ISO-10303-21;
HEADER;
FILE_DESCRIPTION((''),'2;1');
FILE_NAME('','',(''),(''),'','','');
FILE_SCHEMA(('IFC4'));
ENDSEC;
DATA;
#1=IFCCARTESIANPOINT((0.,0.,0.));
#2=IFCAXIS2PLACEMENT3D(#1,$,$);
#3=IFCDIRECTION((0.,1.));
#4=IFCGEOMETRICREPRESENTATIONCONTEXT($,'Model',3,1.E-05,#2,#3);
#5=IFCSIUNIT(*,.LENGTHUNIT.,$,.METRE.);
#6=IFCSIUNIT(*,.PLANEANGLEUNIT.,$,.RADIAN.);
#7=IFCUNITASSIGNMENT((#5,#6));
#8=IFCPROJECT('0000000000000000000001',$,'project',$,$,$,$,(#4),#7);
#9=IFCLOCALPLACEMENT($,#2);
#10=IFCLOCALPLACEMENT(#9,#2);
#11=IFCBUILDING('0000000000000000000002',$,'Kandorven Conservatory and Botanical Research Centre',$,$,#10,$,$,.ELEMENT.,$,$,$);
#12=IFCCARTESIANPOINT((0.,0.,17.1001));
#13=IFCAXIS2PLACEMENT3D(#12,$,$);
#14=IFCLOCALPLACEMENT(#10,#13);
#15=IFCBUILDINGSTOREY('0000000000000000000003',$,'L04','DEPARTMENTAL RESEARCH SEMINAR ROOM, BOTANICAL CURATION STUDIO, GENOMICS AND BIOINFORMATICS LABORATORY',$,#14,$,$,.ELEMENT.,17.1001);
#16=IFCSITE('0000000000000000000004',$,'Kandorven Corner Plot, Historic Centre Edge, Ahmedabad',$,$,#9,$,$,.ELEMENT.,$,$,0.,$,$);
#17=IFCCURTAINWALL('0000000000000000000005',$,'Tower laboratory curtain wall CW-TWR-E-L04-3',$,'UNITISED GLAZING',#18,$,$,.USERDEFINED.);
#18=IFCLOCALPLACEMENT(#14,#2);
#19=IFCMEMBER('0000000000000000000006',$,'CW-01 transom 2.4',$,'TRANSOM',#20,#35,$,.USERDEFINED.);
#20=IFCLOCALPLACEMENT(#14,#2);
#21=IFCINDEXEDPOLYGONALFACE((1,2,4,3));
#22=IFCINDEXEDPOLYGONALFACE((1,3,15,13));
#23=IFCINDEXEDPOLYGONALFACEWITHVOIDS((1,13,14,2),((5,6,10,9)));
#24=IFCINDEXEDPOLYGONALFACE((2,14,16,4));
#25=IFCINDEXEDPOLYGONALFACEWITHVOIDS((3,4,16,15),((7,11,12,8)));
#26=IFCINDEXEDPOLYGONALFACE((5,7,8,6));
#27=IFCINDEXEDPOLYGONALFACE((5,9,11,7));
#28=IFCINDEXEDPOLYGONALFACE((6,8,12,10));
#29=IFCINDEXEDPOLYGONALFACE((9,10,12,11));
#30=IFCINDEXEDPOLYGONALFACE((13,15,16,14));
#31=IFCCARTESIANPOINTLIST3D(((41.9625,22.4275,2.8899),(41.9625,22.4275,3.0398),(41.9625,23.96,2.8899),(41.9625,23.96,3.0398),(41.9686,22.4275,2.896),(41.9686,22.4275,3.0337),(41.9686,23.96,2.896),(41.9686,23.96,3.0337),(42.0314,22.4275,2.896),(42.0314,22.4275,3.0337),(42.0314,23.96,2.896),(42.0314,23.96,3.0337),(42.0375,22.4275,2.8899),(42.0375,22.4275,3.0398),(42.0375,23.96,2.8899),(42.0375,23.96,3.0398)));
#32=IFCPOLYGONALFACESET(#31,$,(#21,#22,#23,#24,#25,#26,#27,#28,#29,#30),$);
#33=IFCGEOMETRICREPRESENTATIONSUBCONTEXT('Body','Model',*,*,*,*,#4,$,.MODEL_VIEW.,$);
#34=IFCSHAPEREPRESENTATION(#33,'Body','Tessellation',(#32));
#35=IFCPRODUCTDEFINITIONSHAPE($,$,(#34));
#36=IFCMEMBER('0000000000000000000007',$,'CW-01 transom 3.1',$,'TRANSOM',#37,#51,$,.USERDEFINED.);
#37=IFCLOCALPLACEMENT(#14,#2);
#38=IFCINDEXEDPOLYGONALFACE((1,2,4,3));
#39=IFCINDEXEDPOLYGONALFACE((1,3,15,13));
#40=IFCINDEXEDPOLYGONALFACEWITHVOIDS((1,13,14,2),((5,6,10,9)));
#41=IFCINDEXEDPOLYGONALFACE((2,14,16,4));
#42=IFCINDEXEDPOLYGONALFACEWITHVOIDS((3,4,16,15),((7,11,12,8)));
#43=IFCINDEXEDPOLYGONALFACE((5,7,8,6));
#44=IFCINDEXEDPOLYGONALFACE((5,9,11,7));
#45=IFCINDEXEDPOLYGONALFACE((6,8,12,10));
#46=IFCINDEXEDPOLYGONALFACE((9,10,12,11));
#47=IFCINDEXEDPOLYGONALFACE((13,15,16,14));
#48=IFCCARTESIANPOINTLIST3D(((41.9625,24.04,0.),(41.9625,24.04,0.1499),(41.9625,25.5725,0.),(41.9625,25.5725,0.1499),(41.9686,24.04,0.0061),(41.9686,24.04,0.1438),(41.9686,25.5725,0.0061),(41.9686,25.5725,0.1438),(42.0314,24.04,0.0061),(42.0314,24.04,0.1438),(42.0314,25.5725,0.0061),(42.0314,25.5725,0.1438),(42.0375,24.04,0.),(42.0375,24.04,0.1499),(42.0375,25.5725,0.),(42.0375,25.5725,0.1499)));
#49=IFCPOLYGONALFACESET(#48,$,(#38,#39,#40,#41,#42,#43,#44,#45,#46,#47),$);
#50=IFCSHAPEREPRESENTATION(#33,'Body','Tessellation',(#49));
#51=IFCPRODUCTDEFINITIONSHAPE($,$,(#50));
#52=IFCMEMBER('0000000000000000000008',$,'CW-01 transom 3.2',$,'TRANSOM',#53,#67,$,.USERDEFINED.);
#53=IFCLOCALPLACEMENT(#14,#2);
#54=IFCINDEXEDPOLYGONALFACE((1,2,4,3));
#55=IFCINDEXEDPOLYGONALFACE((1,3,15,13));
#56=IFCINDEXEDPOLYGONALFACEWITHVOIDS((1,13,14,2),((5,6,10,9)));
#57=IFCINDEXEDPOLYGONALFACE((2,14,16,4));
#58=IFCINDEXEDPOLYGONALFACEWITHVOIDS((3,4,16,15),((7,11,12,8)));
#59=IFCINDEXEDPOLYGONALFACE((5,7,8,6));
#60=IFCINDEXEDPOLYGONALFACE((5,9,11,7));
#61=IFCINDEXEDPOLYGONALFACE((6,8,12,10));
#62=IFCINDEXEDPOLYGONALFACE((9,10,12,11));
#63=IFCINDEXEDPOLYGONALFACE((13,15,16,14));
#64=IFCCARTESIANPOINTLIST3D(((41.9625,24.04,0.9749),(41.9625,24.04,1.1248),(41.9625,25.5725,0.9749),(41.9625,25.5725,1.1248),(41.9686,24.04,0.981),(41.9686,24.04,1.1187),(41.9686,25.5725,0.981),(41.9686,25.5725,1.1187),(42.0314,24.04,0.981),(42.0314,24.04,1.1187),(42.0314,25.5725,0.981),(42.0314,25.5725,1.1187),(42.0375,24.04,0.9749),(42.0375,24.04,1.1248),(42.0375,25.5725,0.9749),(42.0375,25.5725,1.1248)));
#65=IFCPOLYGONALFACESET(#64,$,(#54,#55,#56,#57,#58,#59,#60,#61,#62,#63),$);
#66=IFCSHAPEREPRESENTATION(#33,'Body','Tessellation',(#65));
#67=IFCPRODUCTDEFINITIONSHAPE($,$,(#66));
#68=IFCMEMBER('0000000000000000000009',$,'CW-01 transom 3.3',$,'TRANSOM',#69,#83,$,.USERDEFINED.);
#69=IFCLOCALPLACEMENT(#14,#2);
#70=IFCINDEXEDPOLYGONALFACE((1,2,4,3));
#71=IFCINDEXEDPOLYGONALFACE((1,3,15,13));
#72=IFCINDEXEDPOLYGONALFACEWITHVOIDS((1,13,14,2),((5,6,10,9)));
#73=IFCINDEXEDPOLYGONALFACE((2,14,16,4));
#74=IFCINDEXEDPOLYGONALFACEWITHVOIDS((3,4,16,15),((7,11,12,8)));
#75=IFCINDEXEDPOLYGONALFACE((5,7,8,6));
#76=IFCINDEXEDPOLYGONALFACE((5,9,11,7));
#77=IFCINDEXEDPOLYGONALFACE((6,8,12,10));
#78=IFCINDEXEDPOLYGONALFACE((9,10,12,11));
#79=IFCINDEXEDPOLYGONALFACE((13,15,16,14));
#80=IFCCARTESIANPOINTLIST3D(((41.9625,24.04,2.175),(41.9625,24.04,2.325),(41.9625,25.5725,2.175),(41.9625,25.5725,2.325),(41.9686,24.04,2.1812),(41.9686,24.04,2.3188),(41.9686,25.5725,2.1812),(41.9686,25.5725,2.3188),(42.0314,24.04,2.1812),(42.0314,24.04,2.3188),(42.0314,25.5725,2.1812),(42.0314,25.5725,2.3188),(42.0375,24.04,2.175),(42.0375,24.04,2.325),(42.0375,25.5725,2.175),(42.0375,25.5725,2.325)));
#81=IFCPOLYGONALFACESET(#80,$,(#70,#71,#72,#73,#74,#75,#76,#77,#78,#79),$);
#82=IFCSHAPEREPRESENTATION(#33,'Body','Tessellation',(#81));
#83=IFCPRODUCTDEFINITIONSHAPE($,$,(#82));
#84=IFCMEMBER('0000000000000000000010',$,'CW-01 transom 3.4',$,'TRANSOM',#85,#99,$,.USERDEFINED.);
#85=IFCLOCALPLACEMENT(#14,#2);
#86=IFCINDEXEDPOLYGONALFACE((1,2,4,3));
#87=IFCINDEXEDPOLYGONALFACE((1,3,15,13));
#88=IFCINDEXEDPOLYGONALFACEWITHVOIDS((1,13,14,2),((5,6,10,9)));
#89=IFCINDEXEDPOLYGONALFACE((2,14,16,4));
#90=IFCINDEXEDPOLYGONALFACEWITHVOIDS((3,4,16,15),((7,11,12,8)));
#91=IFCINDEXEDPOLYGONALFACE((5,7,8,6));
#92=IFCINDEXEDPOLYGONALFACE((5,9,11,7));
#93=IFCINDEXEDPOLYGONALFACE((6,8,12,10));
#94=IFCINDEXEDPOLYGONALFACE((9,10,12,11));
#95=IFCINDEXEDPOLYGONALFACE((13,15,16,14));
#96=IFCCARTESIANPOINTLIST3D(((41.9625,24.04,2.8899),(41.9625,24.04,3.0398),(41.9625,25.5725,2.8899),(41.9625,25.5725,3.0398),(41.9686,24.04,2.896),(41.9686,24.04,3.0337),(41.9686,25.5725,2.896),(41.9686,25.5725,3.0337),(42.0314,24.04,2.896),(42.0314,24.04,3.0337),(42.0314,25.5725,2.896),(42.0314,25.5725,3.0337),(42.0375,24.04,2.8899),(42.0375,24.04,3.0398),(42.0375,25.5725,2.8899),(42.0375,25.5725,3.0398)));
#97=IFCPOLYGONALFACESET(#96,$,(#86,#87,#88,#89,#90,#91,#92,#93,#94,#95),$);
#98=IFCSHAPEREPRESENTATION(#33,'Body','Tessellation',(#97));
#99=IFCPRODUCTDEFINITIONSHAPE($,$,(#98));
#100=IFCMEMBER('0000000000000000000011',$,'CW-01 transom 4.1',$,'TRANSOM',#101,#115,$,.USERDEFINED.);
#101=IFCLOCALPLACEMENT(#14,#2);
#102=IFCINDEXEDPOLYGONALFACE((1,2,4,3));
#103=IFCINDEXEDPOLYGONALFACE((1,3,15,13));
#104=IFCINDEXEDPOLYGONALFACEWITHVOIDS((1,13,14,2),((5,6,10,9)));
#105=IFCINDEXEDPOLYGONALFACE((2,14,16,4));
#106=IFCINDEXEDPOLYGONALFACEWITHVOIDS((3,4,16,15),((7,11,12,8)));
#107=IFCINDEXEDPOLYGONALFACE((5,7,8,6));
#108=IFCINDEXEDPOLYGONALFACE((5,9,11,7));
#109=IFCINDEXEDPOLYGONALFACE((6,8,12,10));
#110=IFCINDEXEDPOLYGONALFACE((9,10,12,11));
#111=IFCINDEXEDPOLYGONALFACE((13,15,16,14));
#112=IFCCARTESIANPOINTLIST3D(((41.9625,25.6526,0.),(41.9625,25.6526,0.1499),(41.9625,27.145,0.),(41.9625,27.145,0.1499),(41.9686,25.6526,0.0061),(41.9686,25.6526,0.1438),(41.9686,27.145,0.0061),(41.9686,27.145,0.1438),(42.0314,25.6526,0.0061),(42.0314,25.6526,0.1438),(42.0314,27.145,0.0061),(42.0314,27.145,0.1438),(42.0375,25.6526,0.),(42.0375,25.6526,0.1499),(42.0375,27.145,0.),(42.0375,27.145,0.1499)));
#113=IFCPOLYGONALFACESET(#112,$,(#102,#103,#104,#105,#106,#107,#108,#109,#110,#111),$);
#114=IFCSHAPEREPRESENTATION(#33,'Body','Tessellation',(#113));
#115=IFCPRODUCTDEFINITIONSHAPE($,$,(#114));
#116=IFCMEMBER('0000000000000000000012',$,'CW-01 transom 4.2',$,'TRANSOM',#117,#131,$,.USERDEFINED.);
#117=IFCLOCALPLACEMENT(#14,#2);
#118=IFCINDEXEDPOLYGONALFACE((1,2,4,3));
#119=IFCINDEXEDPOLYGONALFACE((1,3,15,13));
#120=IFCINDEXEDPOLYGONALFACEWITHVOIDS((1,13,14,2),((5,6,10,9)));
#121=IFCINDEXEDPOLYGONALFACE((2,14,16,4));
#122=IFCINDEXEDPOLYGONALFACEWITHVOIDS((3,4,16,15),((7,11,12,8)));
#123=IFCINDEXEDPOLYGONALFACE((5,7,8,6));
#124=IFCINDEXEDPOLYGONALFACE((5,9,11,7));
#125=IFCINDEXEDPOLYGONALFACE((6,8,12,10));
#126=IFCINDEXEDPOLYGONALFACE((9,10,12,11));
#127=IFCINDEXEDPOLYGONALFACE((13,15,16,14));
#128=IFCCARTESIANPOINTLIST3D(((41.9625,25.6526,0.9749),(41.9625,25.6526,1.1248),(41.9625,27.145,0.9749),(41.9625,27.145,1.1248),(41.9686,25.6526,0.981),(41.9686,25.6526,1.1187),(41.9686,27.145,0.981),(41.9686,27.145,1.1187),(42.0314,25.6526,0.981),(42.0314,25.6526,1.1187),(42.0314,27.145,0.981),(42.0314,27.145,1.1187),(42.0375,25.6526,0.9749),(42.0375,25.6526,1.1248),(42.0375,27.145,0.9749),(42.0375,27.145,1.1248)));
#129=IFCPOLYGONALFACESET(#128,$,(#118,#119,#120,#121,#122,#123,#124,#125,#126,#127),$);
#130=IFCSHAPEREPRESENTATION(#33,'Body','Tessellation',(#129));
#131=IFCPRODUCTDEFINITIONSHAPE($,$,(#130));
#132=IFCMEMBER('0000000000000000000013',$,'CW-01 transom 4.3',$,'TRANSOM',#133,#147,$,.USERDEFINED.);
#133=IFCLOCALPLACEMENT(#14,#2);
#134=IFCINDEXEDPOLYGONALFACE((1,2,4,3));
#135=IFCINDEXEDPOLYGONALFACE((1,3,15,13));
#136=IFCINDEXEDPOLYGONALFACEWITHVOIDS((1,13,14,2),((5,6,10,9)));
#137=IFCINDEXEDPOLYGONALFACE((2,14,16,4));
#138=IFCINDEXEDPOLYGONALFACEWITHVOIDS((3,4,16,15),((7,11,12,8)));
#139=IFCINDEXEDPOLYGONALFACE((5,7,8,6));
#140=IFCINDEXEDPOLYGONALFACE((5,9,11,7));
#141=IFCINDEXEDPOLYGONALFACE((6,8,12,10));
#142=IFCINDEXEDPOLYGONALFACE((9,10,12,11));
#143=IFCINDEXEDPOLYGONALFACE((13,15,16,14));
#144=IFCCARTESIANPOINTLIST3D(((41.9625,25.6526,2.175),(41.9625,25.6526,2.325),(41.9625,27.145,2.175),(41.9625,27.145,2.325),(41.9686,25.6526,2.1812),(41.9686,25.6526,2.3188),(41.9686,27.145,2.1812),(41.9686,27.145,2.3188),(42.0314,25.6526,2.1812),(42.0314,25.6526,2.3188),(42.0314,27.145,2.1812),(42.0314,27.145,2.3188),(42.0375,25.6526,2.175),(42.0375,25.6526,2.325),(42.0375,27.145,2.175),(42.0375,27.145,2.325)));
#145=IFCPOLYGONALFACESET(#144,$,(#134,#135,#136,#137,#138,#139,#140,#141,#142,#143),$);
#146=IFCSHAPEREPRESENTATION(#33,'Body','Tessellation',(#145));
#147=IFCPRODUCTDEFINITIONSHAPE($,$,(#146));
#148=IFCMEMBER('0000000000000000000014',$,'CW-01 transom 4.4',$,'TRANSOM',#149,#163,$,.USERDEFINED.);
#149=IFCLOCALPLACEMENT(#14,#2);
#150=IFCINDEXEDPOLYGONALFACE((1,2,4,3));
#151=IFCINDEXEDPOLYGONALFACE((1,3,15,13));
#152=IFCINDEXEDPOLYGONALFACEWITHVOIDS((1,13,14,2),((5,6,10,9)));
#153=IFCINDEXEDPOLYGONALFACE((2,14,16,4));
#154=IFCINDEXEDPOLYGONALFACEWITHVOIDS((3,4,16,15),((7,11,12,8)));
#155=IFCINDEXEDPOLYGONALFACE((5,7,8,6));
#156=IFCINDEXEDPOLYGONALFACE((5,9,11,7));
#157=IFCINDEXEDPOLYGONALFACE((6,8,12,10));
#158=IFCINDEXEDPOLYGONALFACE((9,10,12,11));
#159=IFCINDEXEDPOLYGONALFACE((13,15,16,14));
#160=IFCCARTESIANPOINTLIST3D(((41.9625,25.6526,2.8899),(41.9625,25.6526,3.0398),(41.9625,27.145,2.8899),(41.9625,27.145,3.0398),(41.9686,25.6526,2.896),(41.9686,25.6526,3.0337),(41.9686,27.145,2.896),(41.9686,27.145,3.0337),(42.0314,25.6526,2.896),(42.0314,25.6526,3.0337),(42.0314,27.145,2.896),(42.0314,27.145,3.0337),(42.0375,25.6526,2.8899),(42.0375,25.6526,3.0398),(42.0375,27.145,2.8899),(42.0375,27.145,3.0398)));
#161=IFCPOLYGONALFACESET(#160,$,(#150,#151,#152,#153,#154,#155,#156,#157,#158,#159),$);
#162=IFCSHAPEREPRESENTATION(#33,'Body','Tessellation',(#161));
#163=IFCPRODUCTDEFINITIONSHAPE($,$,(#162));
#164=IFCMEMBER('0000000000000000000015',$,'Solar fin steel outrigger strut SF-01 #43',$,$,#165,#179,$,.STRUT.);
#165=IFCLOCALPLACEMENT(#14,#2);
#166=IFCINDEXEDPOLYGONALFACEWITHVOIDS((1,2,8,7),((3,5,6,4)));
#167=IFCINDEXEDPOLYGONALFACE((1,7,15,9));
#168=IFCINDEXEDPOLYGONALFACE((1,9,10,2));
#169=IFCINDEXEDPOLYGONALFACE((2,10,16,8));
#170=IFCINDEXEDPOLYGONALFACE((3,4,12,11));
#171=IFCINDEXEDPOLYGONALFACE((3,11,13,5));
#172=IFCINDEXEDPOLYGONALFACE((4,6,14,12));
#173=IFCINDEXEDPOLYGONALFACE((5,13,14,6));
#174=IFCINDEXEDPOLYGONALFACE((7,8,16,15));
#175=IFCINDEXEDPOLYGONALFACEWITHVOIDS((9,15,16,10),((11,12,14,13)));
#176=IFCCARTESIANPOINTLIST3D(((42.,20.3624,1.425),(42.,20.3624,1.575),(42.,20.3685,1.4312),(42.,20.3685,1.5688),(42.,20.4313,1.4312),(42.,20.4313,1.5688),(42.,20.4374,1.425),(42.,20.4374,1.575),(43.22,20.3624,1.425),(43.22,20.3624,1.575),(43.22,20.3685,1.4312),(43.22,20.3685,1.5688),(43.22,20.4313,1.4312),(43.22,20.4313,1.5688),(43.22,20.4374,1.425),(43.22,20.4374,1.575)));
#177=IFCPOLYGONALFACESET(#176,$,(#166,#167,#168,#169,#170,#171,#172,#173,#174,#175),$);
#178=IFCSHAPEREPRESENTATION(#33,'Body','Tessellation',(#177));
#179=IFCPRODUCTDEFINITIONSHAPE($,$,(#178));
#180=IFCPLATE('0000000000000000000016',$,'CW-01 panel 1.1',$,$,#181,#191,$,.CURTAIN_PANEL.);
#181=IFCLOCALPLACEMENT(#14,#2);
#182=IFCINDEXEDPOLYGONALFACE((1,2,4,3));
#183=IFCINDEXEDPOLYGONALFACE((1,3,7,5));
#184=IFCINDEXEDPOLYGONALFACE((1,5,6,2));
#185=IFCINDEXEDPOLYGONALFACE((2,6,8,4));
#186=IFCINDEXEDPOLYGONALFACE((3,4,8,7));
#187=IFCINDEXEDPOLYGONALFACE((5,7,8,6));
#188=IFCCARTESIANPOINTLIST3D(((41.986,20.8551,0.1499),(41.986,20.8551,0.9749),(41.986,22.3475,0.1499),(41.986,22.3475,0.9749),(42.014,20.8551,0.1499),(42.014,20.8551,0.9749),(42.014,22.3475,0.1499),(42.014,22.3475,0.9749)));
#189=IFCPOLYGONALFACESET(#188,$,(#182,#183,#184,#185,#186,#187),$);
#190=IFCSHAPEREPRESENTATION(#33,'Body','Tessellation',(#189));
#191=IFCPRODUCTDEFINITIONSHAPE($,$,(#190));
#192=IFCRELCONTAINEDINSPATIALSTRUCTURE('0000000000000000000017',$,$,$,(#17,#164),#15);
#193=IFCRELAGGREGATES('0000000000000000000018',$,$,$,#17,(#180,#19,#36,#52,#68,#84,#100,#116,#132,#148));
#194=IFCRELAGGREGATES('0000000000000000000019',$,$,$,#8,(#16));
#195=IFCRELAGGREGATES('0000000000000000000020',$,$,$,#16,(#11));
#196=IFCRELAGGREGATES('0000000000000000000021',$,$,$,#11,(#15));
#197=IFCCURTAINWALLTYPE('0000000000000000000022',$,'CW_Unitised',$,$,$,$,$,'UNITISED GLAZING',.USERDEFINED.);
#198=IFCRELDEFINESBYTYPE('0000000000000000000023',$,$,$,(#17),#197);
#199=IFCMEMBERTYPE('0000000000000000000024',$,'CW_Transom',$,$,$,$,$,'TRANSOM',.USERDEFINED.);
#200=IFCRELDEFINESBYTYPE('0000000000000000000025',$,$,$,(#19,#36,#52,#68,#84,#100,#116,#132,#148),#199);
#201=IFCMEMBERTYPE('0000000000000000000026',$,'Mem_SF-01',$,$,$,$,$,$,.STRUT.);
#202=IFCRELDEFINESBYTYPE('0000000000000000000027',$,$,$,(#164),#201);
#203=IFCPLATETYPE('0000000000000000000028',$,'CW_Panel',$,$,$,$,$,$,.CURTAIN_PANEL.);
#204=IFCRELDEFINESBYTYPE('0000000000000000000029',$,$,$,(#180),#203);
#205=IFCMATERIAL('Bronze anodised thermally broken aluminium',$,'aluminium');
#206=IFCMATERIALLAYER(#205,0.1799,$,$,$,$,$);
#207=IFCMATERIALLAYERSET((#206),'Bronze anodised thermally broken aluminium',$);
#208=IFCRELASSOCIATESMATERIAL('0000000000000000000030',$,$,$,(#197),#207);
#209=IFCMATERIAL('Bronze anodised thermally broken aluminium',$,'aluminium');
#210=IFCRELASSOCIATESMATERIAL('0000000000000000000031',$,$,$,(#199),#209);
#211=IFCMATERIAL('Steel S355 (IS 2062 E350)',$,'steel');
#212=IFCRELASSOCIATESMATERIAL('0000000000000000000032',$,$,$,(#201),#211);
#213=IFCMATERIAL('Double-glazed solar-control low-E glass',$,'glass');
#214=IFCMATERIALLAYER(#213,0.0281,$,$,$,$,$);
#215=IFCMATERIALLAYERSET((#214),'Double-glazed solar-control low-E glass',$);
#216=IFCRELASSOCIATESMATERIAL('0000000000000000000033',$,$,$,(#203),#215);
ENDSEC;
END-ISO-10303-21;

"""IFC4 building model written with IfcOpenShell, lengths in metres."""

from ifc_helpers import new_model, si_unit, direction, frame, origin, origin_2d, place, context, subcontext, project, spatial, rectangle, hollow_rectangle, extrude, material, layer, layer_set, material_profile, profile_set, type_object, element, aggregate, save


model = new_model("IFC4")

# Units and contexts
model_context = context("Model", 3, precision=1e-05, world=origin(), true_north=direction((0.0, 1.0)))
body_context = subcontext(model_context, "Body", "Model", "MODEL_VIEW")
ifc_project = project(units=[si_unit("LENGTHUNIT", "METRE"), si_unit("PLANEANGLEUNIT", "RADIAN")], contexts=[model_context])

# Site, building, storey
site_placement = place(None, origin())
site = spatial("IfcSite", under=ifc_project, at=site_placement, Name="Kandorven Corner Plot, Historic Centre Edge, Ahmedabad", CompositionType="ELEMENT", RefElevation=0.0)
building_placement = place(site_placement, origin())
building = spatial("IfcBuilding", under=site, at=building_placement, Name="Kandorven Conservatory and Botanical Research Centre", CompositionType="ELEMENT")
storey_placement = place(building_placement, frame((0.0, 0.0, 17.1001)))
storey = spatial("IfcBuildingStorey", under=building, at=storey_placement, Name="L04", Description="DEPARTMENTAL RESEARCH SEMINAR ROOM, BOTANICAL CURATION STUDIO, GENOMICS AND BIOINFORMATICS LABORATORY", CompositionType="ELEMENT", Elevation=17.1001)

# Curtain wall, members
ifc_material_1 = material(Name="Bronze anodised thermally broken aluminium", Category="aluminium")
ifc_layer_1 = layer(ifc_material_1, 0.1799)
ifc_layer_set_1 = layer_set([ifc_layer_1], Name="Bronze anodised thermally broken aluminium")
curtain_wall_type = type_object("IfcCurtainWallType", Name="CW_Unitised", ElementType="UNITISED GLAZING", PredefinedType="USERDEFINED", material=ifc_layer_set_1)
curtain_wall_placement = place(storey_placement, origin())
curtain_wall = element("IfcCurtainWall", 1, at=curtain_wall_placement, inside=storey, type_object=curtain_wall_type, Name="Tower laboratory curtain wall CW-TWR-E-L04-3", ObjectType="UNITISED GLAZING", PredefinedType="USERDEFINED")
ifc_material_2 = material(Name="Bronze anodised thermally broken aluminium", Category="aluminium")
ifc_material_profile_1 = material_profile(ifc_material_2, hollow_rectangle(XDim=0.075, YDim=0.1499, WallThickness=0.0061, at=origin_2d()))
ifc_profile_set_1 = profile_set([ifc_material_profile_1], Name="Bronze anodised thermally broken aluminium")
member_type_1 = type_object("IfcMemberType", Name="CW_Transom", ElementType="TRANSOM", PredefinedType="USERDEFINED", material=ifc_profile_set_1)
member_1_placement = place(storey_placement, frame((42.0, 22.4275, 2.9648), z_axis=(0.0, 1.0, 0.0), x_axis=(-1.0, 0.0, 0.0)))
member_1 = element("IfcMember", 2, at=member_1_placement, type_object=member_type_1, Name="CW-01 transom 2.4", ObjectType="TRANSOM", PredefinedType="USERDEFINED", context=body_context, shape_type="SweptSolid", body=[
    extrude(hollow_rectangle(XDim=0.075, YDim=0.1499, WallThickness=0.0061, at=origin_2d()), origin(), (0.0, 0.0, 1.0), 1.5325),
])
member_2_placement = place(storey_placement, frame((42.0, 24.04, 0.075), z_axis=(0.0, 1.0, 0.0), x_axis=(-1.0, 0.0, 0.0)))
member_2 = element("IfcMember", 3, at=member_2_placement, type_object=member_type_1, Name="CW-01 transom 3.1", ObjectType="TRANSOM", PredefinedType="USERDEFINED", context=body_context, shape_type="SweptSolid", body=[
    extrude(hollow_rectangle(XDim=0.075, YDim=0.1499, WallThickness=0.0061, at=origin_2d()), origin(), (0.0, 0.0, 1.0), 1.5325),
])
member_3_placement = place(storey_placement, frame((42.0, 24.04, 1.0498), z_axis=(0.0, 1.0, 0.0), x_axis=(-1.0, 0.0, 0.0)))
member_3 = element("IfcMember", 4, at=member_3_placement, type_object=member_type_1, Name="CW-01 transom 3.2", ObjectType="TRANSOM", PredefinedType="USERDEFINED", context=body_context, shape_type="SweptSolid", body=[
    extrude(hollow_rectangle(XDim=0.075, YDim=0.1499, WallThickness=0.0061, at=origin_2d()), origin(), (0.0, 0.0, 1.0), 1.5325),
])
member_4_placement = place(storey_placement, frame((42.0, 24.04, 2.25), z_axis=(0.0, 1.0, 0.0), x_axis=(-1.0, 0.0, 0.0)))
member_4 = element("IfcMember", 5, at=member_4_placement, type_object=member_type_1, Name="CW-01 transom 3.3", ObjectType="TRANSOM", PredefinedType="USERDEFINED", context=body_context, shape_type="SweptSolid", body=[
    extrude(hollow_rectangle(XDim=0.075, YDim=0.1499, WallThickness=0.0061, at=origin_2d()), origin(), (0.0, 0.0, 1.0), 1.5325),
])
member_5_placement = place(storey_placement, frame((42.0, 24.04, 2.9648), z_axis=(0.0, 1.0, 0.0), x_axis=(-1.0, 0.0, 0.0)))
member_5 = element("IfcMember", 6, at=member_5_placement, type_object=member_type_1, Name="CW-01 transom 3.4", ObjectType="TRANSOM", PredefinedType="USERDEFINED", context=body_context, shape_type="SweptSolid", body=[
    extrude(hollow_rectangle(XDim=0.075, YDim=0.1499, WallThickness=0.0061, at=origin_2d()), origin(), (0.0, 0.0, 1.0), 1.5325),
])
member_6_placement = place(storey_placement, frame((42.0, 25.6526, 0.075), z_axis=(0.0, 1.0, 0.0), x_axis=(-1.0, 0.0, 0.0)))
member_6 = element("IfcMember", 7, at=member_6_placement, type_object=member_type_1, Name="CW-01 transom 4.1", ObjectType="TRANSOM", PredefinedType="USERDEFINED", context=body_context, shape_type="SweptSolid", body=[
    extrude(hollow_rectangle(XDim=0.075, YDim=0.1499, WallThickness=0.0061, at=origin_2d()), origin(), (0.0, 0.0, 1.0), 1.4924),
])
member_7_placement = place(storey_placement, frame((42.0, 25.6526, 1.0498), z_axis=(0.0, 1.0, 0.0), x_axis=(-1.0, 0.0, 0.0)))
member_7 = element("IfcMember", 8, at=member_7_placement, type_object=member_type_1, Name="CW-01 transom 4.2", ObjectType="TRANSOM", PredefinedType="USERDEFINED", context=body_context, shape_type="SweptSolid", body=[
    extrude(hollow_rectangle(XDim=0.075, YDim=0.1499, WallThickness=0.0061, at=origin_2d()), origin(), (0.0, 0.0, 1.0), 1.4924),
])
member_8_placement = place(storey_placement, frame((42.0, 25.6526, 2.25), z_axis=(0.0, 1.0, 0.0), x_axis=(-1.0, 0.0, 0.0)))
member_8 = element("IfcMember", 9, at=member_8_placement, type_object=member_type_1, Name="CW-01 transom 4.3", ObjectType="TRANSOM", PredefinedType="USERDEFINED", context=body_context, shape_type="SweptSolid", body=[
    extrude(hollow_rectangle(XDim=0.075, YDim=0.1499, WallThickness=0.0061, at=origin_2d()), origin(), (0.0, 0.0, 1.0), 1.4924),
])
member_9_placement = place(storey_placement, frame((42.0, 25.6526, 2.9648), z_axis=(0.0, 1.0, 0.0), x_axis=(-1.0, 0.0, 0.0)))
member_9 = element("IfcMember", 10, at=member_9_placement, type_object=member_type_1, Name="CW-01 transom 4.4", ObjectType="TRANSOM", PredefinedType="USERDEFINED", context=body_context, shape_type="SweptSolid", body=[
    extrude(hollow_rectangle(XDim=0.075, YDim=0.1499, WallThickness=0.0061, at=origin_2d()), origin(), (0.0, 0.0, 1.0), 1.4924),
])

# Member
ifc_material_3 = material(Name="Steel S355 (IS 2062 E350)", Category="steel")
ifc_material_profile_2 = material_profile(ifc_material_3, hollow_rectangle(XDim=0.075, YDim=0.1499, WallThickness=0.0061, at=origin_2d()))
ifc_profile_set_2 = profile_set([ifc_material_profile_2], Name="Steel S355 (IS 2062 E350)")
member_type_2 = type_object("IfcMemberType", Name="Mem_SF-01", PredefinedType="STRUT", material=ifc_profile_set_2)
member_10_placement = place(storey_placement, frame((42.0, 20.3999, 1.5), z_axis=(1.0, 0.0, 0.0), x_axis=(0.0, 1.0, 0.0)))
element("IfcMember", 11, at=member_10_placement, inside=storey, type_object=member_type_2, Name="Solar fin steel outrigger strut SF-01 #43", PredefinedType="STRUT", context=body_context, shape_type="SweptSolid", body=[
    extrude(hollow_rectangle(XDim=0.075, YDim=0.1499, WallThickness=0.0061, at=origin_2d()), origin(), (0.0, 0.0, 1.0), 1.22),
])

# Plate
ifc_material_4 = material(Name="Double-glazed solar-control low-E glass", Category="glass")
ifc_layer_2 = layer(ifc_material_4, 0.0281)
ifc_layer_set_2 = layer_set([ifc_layer_2], Name="Double-glazed solar-control low-E glass")
plate_type = type_object("IfcPlateType", Name="CW_Panel", PredefinedType="CURTAIN_PANEL", material=ifc_layer_set_2)
plate_1_placement = place(storey_placement, frame((42.0, 21.6013, 0.1499), z_axis=(0.0, 0.0, 1.0), x_axis=(0.0, 1.0, 0.0)))
plate_1 = element("IfcPlate", 12, at=plate_1_placement, type_object=plate_type, Name="CW-01 panel 1.1", PredefinedType="CURTAIN_PANEL", context=body_context, shape_type="SweptSolid", body=[
    extrude(rectangle(XDim=1.4924, YDim=0.0281, at=origin_2d()), origin(), (0.0, 0.0, 1.0), 0.825),
])
aggregate(curtain_wall, [plate_1, member_1, member_2, member_3, member_4, member_5, member_6, member_7, member_8, member_9])

save(model, "model.ifc")
